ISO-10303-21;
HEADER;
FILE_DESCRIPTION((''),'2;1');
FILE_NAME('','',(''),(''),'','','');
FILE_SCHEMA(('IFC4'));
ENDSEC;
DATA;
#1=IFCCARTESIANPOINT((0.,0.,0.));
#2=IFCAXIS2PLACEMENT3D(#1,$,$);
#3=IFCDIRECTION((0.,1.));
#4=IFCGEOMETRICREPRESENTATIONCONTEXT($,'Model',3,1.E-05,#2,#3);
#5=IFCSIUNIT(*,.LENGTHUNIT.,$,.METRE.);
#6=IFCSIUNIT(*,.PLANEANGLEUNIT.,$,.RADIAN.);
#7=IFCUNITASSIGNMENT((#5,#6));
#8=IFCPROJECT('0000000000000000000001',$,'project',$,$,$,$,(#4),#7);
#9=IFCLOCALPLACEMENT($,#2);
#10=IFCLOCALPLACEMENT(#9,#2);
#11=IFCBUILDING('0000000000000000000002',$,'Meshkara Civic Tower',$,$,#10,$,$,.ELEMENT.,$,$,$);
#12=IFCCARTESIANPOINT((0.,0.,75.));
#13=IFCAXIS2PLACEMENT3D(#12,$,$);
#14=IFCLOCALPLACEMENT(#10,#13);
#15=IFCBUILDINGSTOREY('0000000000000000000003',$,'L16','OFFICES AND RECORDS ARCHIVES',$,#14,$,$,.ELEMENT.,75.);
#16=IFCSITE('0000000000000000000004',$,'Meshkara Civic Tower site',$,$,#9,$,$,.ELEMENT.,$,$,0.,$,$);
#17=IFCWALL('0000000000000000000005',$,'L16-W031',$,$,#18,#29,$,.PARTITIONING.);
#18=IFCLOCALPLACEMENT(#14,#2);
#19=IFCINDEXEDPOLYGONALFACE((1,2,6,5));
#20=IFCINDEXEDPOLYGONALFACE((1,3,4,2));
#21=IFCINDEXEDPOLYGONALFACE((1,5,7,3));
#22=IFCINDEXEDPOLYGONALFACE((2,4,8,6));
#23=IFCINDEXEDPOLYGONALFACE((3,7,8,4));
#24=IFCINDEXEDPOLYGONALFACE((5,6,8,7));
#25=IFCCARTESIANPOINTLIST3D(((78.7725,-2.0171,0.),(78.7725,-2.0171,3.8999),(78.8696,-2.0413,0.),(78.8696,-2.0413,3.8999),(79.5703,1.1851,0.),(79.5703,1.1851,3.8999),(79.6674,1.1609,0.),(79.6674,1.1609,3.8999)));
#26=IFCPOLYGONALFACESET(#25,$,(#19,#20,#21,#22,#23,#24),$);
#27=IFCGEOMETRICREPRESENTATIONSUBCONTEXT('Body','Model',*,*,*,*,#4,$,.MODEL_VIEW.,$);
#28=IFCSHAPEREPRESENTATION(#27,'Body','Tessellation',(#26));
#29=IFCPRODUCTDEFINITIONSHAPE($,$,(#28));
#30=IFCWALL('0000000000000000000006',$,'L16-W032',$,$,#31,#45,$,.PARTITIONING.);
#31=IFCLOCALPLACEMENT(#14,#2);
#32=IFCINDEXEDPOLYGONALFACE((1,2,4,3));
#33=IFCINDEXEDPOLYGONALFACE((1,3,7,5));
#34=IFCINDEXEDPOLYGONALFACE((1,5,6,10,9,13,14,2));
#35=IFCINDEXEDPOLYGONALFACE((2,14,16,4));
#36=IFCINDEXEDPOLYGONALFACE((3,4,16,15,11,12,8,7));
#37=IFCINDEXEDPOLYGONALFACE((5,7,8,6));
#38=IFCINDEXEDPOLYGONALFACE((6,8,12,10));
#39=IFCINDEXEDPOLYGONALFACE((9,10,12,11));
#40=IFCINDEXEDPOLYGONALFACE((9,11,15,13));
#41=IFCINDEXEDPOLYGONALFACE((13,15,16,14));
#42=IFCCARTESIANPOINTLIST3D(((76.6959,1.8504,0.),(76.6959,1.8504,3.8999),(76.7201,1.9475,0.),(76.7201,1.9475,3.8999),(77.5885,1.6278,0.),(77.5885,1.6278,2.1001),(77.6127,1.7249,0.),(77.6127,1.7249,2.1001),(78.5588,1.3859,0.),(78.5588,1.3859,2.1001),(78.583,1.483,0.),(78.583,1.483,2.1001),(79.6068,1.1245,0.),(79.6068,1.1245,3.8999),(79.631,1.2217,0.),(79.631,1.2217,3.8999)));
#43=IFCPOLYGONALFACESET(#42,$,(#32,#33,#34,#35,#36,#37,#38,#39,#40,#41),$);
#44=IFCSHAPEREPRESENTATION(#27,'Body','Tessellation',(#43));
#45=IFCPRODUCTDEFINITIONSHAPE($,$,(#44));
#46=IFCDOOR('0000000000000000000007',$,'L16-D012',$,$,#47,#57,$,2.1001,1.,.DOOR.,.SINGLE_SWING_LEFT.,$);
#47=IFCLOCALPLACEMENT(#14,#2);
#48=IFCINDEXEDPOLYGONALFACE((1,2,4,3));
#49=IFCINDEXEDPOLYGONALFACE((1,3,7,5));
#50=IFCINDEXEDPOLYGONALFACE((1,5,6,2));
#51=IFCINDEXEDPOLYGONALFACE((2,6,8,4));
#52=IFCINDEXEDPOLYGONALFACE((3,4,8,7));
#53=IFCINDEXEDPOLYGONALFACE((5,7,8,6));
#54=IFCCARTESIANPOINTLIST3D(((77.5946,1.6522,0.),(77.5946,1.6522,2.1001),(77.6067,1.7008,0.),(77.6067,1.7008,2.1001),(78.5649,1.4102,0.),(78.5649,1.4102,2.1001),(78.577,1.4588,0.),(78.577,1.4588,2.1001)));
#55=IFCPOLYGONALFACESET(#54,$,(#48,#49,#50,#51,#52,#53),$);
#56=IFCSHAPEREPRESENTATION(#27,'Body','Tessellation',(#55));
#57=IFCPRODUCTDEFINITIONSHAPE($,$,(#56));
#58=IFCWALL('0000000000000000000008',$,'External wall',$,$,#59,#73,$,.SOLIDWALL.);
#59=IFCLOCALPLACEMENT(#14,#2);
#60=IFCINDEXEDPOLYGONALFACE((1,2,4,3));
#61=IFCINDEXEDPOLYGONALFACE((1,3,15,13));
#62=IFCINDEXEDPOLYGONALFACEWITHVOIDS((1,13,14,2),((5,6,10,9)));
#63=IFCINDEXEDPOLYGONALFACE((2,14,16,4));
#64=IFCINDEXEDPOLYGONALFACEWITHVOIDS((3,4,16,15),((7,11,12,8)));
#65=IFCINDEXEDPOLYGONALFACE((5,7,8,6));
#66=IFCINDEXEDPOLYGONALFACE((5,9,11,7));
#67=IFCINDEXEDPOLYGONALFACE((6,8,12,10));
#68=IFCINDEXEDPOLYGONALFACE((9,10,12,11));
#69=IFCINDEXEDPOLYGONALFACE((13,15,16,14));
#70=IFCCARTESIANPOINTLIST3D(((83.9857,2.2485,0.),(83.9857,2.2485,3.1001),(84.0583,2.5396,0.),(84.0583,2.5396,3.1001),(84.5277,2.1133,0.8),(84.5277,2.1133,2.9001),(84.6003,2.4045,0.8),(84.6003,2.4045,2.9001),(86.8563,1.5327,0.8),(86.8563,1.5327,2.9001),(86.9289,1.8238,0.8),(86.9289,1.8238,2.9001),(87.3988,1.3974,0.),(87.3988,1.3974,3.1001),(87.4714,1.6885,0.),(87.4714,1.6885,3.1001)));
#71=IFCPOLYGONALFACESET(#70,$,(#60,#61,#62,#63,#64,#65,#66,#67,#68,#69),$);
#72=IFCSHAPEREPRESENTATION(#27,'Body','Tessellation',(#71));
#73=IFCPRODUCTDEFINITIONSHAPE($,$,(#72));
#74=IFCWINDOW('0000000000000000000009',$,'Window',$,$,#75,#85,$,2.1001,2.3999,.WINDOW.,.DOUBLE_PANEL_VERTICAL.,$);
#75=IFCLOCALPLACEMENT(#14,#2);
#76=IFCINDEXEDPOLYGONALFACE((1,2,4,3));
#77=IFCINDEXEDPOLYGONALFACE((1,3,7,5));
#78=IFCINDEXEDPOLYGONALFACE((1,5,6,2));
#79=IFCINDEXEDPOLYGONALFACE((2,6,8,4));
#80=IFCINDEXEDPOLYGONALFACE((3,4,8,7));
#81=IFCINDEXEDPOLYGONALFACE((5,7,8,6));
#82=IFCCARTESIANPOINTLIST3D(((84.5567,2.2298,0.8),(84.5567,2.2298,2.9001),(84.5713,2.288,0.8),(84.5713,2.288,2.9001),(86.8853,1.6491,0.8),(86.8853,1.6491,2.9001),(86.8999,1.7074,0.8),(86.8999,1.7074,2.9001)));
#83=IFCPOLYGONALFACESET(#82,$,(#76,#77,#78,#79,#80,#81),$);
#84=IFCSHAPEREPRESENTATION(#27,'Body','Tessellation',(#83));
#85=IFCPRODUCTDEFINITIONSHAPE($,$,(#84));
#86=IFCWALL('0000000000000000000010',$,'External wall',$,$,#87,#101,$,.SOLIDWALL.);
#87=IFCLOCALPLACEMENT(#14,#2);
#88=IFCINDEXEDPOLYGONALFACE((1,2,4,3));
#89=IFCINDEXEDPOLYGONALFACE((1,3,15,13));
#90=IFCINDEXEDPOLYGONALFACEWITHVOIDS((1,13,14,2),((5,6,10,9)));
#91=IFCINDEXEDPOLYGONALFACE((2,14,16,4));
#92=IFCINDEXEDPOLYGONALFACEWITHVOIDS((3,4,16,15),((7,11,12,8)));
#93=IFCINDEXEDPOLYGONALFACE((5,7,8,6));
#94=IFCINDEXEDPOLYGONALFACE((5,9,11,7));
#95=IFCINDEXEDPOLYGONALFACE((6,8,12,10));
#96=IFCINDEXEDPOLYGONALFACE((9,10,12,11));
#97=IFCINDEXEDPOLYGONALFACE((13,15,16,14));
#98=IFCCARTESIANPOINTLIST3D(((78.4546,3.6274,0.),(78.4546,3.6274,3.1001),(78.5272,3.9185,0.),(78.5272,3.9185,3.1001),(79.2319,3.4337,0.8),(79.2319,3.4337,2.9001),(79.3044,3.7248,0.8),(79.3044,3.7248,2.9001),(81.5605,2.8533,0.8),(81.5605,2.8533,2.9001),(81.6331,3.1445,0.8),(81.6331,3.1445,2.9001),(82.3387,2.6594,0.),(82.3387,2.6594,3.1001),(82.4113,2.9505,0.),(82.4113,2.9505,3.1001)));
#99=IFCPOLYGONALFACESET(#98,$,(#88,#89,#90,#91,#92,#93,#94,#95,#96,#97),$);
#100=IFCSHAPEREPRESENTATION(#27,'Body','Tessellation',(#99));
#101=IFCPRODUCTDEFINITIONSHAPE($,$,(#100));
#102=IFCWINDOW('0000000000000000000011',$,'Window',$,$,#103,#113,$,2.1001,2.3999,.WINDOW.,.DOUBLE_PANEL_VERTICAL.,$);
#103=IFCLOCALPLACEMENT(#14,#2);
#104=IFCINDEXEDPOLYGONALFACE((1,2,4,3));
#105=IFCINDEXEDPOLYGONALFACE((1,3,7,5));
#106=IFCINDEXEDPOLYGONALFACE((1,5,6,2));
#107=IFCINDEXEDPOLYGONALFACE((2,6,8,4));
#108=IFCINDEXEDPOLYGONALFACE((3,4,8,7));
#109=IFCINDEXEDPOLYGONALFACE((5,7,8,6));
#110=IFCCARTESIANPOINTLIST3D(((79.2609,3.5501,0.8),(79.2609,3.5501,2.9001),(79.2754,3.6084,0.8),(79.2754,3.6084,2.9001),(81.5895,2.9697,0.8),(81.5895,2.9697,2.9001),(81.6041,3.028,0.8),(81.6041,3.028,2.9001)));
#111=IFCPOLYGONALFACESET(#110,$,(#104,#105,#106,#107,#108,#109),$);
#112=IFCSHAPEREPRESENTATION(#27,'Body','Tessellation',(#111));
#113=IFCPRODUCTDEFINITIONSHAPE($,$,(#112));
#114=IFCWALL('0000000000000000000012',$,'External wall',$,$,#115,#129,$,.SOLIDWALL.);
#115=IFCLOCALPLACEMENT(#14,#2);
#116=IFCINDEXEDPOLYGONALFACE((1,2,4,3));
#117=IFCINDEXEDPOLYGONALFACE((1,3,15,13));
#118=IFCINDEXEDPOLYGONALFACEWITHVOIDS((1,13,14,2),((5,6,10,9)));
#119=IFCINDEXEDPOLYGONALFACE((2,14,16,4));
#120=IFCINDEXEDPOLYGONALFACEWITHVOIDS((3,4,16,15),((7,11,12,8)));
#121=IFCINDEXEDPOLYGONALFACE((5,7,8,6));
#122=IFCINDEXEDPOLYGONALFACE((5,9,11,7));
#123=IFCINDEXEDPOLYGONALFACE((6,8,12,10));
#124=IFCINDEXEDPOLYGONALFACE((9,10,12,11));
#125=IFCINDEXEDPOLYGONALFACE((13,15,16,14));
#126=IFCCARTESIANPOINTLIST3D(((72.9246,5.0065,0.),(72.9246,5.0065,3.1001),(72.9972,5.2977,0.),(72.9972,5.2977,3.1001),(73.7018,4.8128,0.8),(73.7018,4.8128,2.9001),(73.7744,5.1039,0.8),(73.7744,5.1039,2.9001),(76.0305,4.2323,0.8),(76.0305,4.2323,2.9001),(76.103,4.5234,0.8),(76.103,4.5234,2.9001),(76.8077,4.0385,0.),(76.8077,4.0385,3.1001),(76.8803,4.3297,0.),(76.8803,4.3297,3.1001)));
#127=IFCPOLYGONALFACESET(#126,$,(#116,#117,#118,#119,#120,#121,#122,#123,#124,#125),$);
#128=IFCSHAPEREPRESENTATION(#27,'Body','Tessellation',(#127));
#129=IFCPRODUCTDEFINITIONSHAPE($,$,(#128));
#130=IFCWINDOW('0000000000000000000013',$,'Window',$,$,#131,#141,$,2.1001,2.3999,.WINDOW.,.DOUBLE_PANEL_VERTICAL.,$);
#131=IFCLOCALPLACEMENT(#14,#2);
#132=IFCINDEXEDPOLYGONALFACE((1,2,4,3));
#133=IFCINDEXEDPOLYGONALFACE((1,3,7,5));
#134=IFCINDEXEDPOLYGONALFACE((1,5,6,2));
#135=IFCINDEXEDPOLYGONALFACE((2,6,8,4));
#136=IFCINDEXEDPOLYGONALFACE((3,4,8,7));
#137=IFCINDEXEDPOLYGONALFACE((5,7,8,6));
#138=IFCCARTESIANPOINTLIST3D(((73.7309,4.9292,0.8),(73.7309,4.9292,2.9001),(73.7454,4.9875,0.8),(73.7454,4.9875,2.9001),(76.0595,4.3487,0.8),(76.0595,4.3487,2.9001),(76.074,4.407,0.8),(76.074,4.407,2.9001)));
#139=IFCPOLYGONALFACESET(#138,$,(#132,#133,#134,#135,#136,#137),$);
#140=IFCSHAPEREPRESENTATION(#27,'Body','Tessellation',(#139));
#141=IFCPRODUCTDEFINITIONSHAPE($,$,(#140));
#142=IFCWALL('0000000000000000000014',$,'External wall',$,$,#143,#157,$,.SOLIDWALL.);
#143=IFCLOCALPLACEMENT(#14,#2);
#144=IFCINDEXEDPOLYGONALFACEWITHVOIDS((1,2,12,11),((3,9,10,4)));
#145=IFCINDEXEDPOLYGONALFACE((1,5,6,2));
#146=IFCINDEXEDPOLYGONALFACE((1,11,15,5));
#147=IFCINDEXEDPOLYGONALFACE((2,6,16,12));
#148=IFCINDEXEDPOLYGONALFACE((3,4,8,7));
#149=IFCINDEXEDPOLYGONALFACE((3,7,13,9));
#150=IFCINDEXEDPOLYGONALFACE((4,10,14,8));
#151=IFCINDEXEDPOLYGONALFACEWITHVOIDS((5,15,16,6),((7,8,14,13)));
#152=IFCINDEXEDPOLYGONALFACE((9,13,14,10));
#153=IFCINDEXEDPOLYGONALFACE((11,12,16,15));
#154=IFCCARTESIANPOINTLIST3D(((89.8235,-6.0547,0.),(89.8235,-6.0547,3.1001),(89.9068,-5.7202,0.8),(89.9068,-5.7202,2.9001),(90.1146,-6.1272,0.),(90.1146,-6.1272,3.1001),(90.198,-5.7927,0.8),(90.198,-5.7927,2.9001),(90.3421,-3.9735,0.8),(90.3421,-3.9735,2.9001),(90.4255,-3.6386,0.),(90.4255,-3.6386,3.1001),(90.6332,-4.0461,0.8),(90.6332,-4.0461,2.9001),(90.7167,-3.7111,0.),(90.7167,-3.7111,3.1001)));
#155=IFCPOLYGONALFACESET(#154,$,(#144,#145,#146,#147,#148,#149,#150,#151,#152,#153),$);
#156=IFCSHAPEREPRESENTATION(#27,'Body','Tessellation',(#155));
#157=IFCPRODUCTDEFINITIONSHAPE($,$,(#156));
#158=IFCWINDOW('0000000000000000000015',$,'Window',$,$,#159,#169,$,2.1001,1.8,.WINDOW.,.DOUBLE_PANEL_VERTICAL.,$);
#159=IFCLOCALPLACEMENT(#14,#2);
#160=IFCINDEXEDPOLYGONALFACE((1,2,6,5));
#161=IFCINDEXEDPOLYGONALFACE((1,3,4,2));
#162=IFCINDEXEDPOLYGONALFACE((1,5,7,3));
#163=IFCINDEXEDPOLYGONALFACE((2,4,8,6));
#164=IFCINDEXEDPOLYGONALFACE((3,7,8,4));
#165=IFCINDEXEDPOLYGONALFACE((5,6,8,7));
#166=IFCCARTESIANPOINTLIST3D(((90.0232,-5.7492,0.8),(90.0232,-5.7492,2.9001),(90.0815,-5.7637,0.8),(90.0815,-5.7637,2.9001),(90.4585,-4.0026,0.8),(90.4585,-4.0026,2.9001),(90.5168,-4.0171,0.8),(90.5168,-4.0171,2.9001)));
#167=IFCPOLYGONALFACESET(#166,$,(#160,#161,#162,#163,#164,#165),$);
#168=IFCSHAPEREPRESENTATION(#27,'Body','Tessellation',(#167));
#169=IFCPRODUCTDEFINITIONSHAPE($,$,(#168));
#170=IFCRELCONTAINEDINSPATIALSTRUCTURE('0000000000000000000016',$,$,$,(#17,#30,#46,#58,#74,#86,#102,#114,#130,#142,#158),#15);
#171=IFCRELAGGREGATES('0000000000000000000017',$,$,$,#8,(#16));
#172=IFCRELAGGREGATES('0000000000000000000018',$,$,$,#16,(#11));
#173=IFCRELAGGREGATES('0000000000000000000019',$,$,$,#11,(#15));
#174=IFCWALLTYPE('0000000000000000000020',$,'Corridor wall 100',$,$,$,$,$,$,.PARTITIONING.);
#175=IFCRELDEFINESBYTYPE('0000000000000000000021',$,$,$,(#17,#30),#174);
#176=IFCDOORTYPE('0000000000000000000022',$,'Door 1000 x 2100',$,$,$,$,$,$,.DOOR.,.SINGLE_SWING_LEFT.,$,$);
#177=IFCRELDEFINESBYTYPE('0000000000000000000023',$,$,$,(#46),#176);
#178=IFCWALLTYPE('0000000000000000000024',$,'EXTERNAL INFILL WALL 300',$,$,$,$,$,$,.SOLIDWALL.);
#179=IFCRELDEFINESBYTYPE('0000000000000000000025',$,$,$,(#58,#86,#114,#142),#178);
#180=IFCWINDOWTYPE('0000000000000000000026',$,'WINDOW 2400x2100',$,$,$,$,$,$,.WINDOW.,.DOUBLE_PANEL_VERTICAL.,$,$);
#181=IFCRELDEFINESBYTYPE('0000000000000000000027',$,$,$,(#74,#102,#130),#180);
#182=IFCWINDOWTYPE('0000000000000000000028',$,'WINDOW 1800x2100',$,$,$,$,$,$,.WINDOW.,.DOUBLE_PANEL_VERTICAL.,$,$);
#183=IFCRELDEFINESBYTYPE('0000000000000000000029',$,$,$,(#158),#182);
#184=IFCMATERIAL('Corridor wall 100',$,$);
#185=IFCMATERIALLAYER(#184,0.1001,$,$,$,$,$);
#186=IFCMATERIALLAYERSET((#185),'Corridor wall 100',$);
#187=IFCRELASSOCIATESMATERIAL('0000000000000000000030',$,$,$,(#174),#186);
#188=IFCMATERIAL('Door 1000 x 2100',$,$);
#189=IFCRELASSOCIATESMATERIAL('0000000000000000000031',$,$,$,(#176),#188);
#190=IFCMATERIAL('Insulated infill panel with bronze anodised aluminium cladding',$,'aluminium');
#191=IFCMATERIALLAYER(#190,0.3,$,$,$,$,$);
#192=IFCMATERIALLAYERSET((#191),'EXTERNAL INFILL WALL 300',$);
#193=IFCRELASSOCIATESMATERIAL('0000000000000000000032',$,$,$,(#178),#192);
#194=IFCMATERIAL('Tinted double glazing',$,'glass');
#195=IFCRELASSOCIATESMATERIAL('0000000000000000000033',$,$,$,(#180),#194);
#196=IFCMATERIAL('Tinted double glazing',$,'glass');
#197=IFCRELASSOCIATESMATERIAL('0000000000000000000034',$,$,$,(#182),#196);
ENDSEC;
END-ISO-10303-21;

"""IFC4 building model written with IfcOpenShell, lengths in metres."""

from ifc_helpers import new_model, si_unit, direction, frame, frame_2d, origin, place, context, subcontext, project, spatial, rectangle, extrude, material, layer, layer_set, type_object, element, fill, save


model = new_model("IFC4")

# Units and contexts
model_context = context("Model", 3, precision=1e-05, world=origin(), true_north=direction((0.0, 1.0)))
body_context = subcontext(model_context, "Body", "Model", "MODEL_VIEW")
ifc_project = project(units=[si_unit("LENGTHUNIT", "METRE"), si_unit("PLANEANGLEUNIT", "RADIAN")], contexts=[model_context])

# Site, building, storey
site_placement = place(None, origin())
site = spatial("IfcSite", under=ifc_project, at=site_placement, Name="Meshkara Civic Tower site", CompositionType="ELEMENT", RefElevation=0.0)
building_placement = place(site_placement, origin())
building = spatial("IfcBuilding", under=site, at=building_placement, Name="Meshkara Civic Tower", CompositionType="ELEMENT")
storey_placement = place(building_placement, frame((0.0, 0.0, 75.0)))
storey = spatial("IfcBuildingStorey", under=building, at=storey_placement, Name="L16", Description="OFFICES AND RECORDS ARCHIVES", CompositionType="ELEMENT", Elevation=75.0)

# Shared definitions
ifc_material_1 = material(Name="Corridor wall 100")
ifc_layer_1 = layer(ifc_material_1, 0.1001)
ifc_layer_set_1 = layer_set([ifc_layer_1], Name="Corridor wall 100")
wall_type_1 = type_object("IfcWallType", Name="Corridor wall 100", PredefinedType="PARTITIONING", material=ifc_layer_set_1)

# Shared definitions
ifc_material_2 = material(Name="Door 1000 x 2100")
door_type = type_object("IfcDoorType", Name="Door 1000 x 2100", OperationType="SINGLE_SWING_LEFT", PredefinedType="DOOR", material=ifc_material_2)

# Wall
wall_1_placement = place(storey_placement, frame((78.821, -2.0291, 0.0), z_axis=(0.0, 0.0, 1.0), x_axis=(0.24177, 0.970334, 0.0)))
element("IfcWall", 1, at=wall_1_placement, inside=storey, type_object=wall_type_1, Name="L16-W031", PredefinedType="PARTITIONING", context=body_context, shape_type="SweptSolid", body=[
    extrude(rectangle(XDim=3.3, YDim=0.1001, at=frame_2d((1.6499, 0.0))), origin(), (0.0, 0.0, 1.0), 3.8999),
])

# Wall, opening, door
wall_2_placement = place(storey_placement, frame((79.6189, 1.1731, 0.0), z_axis=(0.0, 0.0, 1.0), x_axis=(-0.970291, 0.241942, 0.0)))
wall_2 = element("IfcWall", 2, at=wall_2_placement, inside=storey, type_object=wall_type_1, Name="L16-W032", PredefinedType="PARTITIONING", context=body_context, shape_type="SweptSolid", body=[
    extrude(rectangle(XDim=3.0, YDim=0.1001, at=frame_2d((1.5, 0.0))), origin(), (0.0, 0.0, 1.0), 3.8999),
])
opening_1_placement = place(wall_2_placement, frame((1.0801, 0.0, 0.0)))
opening_1 = element("IfcOpeningElement", 3, at=opening_1_placement, cuts=wall_2, PredefinedType="OPENING", context=body_context, shape_type="SweptSolid", body=[
    extrude(rectangle(XDim=1.0, YDim=2.1001, at=frame_2d((0.5, 1.05))), frame((0.0, 0.0601, 0.0), z_axis=(0.0, -1.0, 0.0), x_axis=(1.0, 0.0, 0.0)), (0.0, 0.0, 1.0), 0.1201),
])
door_1_placement = place(opening_1_placement, origin())
door_1 = element("IfcDoor", 4, at=door_1_placement, inside=storey, type_object=door_type, Name="L16-D012", OperationType="SINGLE_SWING_LEFT", OverallHeight=2.1001, OverallWidth=1.0, PredefinedType="DOOR", context=body_context, shape_type="SweptSolid", body=[
    extrude(rectangle(XDim=1.0, YDim=2.1001, at=frame_2d((0.5, 1.05))), frame((0.0, 0.0249, 0.0), z_axis=(0.0, -1.0, 0.0), x_axis=(1.0, 0.0, 0.0)), (0.0, 0.0, 1.0), 0.05),
])
fill(opening_1, door_1)

# Walls, openings, windows
ifc_material_3 = material(Name="Insulated infill panel with bronze anodised aluminium cladding", Category="aluminium")
ifc_layer_2 = layer(ifc_material_3, 0.3)
ifc_layer_set_2 = layer_set([ifc_layer_2], Name="EXTERNAL INFILL WALL 300")
wall_type_2 = type_object("IfcWallType", Name="EXTERNAL INFILL WALL 300", PredefinedType="SOLIDWALL", material=ifc_layer_set_2)
wall_3_placement = place(storey_placement, frame((87.4351, 1.543, 0.0), z_axis=(0.0, 0.0, 1.0), x_axis=(-0.970289, 0.241948, 0.0)))
wall_3 = element("IfcWall", 5, at=wall_3_placement, inside=storey, type_object=wall_type_2, Name="External wall", PredefinedType="SOLIDWALL", context=body_context, shape_type="SweptSolid", body=[
    extrude(rectangle(XDim=3.5176, YDim=0.3, at=frame_2d((1.7588, 0.0))), origin(), (0.0, 0.0, 1.0), 3.1001),
])
opening_2_placement = place(wall_3_placement, frame((0.5591, 0.0, 0.8)))
opening_2 = element("IfcOpeningElement", 6, at=opening_2_placement, cuts=wall_3, PredefinedType="OPENING", context=body_context, shape_type="SweptSolid", body=[
    extrude(rectangle(XDim=2.3999, YDim=2.1001, at=frame_2d((1.2, 1.05))), frame((0.0, 0.1599, 0.0), z_axis=(0.0, -1.0, 0.0), x_axis=(1.0, 0.0, 0.0)), (0.0, 0.0, 1.0), 0.3201),
])
ifc_material_4 = material(Name="Tinted double glazing", Category="glass")
window_type_1 = type_object("IfcWindowType", Name="WINDOW 2400x2100", PartitioningType="DOUBLE_PANEL_VERTICAL", PredefinedType="WINDOW", material=ifc_material_4)
window_1_placement = place(opening_2_placement, origin())
window_1 = element("IfcWindow", 7, at=window_1_placement, inside=storey, type_object=window_type_1, Name="Window", OverallHeight=2.1001, OverallWidth=2.3999, PartitioningType="DOUBLE_PANEL_VERTICAL", PredefinedType="WINDOW", context=body_context, shape_type="SweptSolid", body=[
    extrude(rectangle(XDim=2.3999, YDim=2.1001, at=frame_2d((1.2, 1.05))), frame((0.0, 0.03, 0.0), z_axis=(0.0, -1.0, 0.0), x_axis=(1.0, 0.0, 0.0)), (0.0, 0.0, 1.0), 0.0601),
])
fill(opening_2, window_1)
wall_4_placement = place(storey_placement, frame((82.375, 2.8049, 0.0), z_axis=(0.0, 0.0, 1.0), x_axis=(-0.970318, 0.241832, 0.0)))
wall_4 = element("IfcWall", 8, at=wall_4_placement, inside=storey, type_object=wall_type_2, Name="External wall", PredefinedType="SOLIDWALL", context=body_context, shape_type="SweptSolid", body=[
    extrude(rectangle(XDim=4.0029, YDim=0.3, at=frame_2d((2.0015, 0.0))), origin(), (0.0, 0.0, 1.0), 3.1001),
])
opening_3_placement = place(wall_4_placement, frame((0.802, 0.0, 0.8)))
opening_3 = element("IfcOpeningElement", 9, at=opening_3_placement, cuts=wall_4, PredefinedType="OPENING", context=body_context, shape_type="SweptSolid", body=[
    extrude(rectangle(XDim=2.3999, YDim=2.1001, at=frame_2d((1.2, 1.05))), frame((0.0, 0.1599, 0.0), z_axis=(0.0, -1.0, 0.0), x_axis=(1.0, 0.0, 0.0)), (0.0, 0.0, 1.0), 0.3201),
])
window_2_placement = place(opening_3_placement, origin())
window_2 = element("IfcWindow", 10, at=window_2_placement, inside=storey, type_object=window_type_1, Name="Window", OverallHeight=2.1001, OverallWidth=2.3999, PartitioningType="DOUBLE_PANEL_VERTICAL", PredefinedType="WINDOW", context=body_context, shape_type="SweptSolid", body=[
    extrude(rectangle(XDim=2.3999, YDim=2.1001, at=frame_2d((1.2, 1.05))), frame((0.0, 0.03, 0.0), z_axis=(0.0, -1.0, 0.0), x_axis=(1.0, 0.0, 0.0)), (0.0, 0.0, 1.0), 0.0601),
])
fill(opening_3, window_2)
wall_5_placement = place(storey_placement, frame((76.844, 4.1841, 0.0), z_axis=(0.0, 0.0, 1.0), x_axis=(-0.970304, 0.24189, 0.0)))
wall_5 = element("IfcWall", 11, at=wall_5_placement, inside=storey, type_object=wall_type_2, Name="External wall", PredefinedType="SOLIDWALL", context=body_context, shape_type="SweptSolid", body=[
    extrude(rectangle(XDim=4.002, YDim=0.3, at=frame_2d((2.001, 0.0))), origin(), (0.0, 0.0, 1.0), 3.1001),
])
opening_4_placement = place(wall_5_placement, frame((0.801, 0.0, 0.8)))
opening_4 = element("IfcOpeningElement", 12, at=opening_4_placement, cuts=wall_5, PredefinedType="OPENING", context=body_context, shape_type="SweptSolid", body=[
    extrude(rectangle(XDim=2.3999, YDim=2.1001, at=frame_2d((1.2, 1.05))), frame((0.0, 0.1599, 0.0), z_axis=(0.0, -1.0, 0.0), x_axis=(1.0, 0.0, 0.0)), (0.0, 0.0, 1.0), 0.3201),
])
window_3_placement = place(opening_4_placement, origin())
window_3 = element("IfcWindow", 13, at=window_3_placement, inside=storey, type_object=window_type_1, Name="Window", OverallHeight=2.1001, OverallWidth=2.3999, PartitioningType="DOUBLE_PANEL_VERTICAL", PredefinedType="WINDOW", context=body_context, shape_type="SweptSolid", body=[
    extrude(rectangle(XDim=2.3999, YDim=2.1001, at=frame_2d((1.2, 1.05))), frame((0.0, 0.03, 0.0), z_axis=(0.0, -1.0, 0.0), x_axis=(1.0, 0.0, 0.0)), (0.0, 0.0, 1.0), 0.0601),
])
fill(opening_4, window_3)
wall_6_placement = place(storey_placement, frame((89.969, -6.0911, 0.0), z_axis=(0.0, 0.0, 1.0), x_axis=(0.241797, 0.970327, 0.0)))
wall_6 = element("IfcWall", 14, at=wall_6_placement, inside=storey, type_object=wall_type_2, Name="External wall", PredefinedType="SOLIDWALL", context=body_context, shape_type="SweptSolid", body=[
    extrude(rectangle(XDim=2.49, YDim=0.3, at=frame_2d((1.2451, 0.0))), origin(), (0.0, 0.0, 1.0), 3.1001),
])
opening_5_placement = place(wall_6_placement, frame((0.345, 0.0, 0.8)))
opening_5 = element("IfcOpeningElement", 15, at=opening_5_placement, cuts=wall_6, PredefinedType="OPENING", context=body_context, shape_type="SweptSolid", body=[
    extrude(rectangle(XDim=1.8, YDim=2.1001, at=frame_2d((0.8999, 1.05))), frame((0.0, 0.1599, 0.0), z_axis=(0.0, -1.0, 0.0), x_axis=(1.0, 0.0, 0.0)), (0.0, 0.0, 1.0), 0.3201),
])
ifc_material_5 = material(Name="Tinted double glazing", Category="glass")
window_type_2 = type_object("IfcWindowType", Name="WINDOW 1800x2100", PartitioningType="DOUBLE_PANEL_VERTICAL", PredefinedType="WINDOW", material=ifc_material_5)
window_4_placement = place(opening_5_placement, origin())
window_4 = element("IfcWindow", 16, at=window_4_placement, inside=storey, type_object=window_type_2, Name="Window", OverallHeight=2.1001, OverallWidth=1.8, PartitioningType="DOUBLE_PANEL_VERTICAL", PredefinedType="WINDOW", context=body_context, shape_type="SweptSolid", body=[
    extrude(rectangle(XDim=1.8, YDim=2.1001, at=frame_2d((0.8999, 1.05))), frame((0.0, 0.03, 0.0), z_axis=(0.0, -1.0, 0.0), x_axis=(1.0, 0.0, 0.0)), (0.0, 0.0, 1.0), 0.0601),
])
fill(opening_5, window_4)

save(model, "model.ifc")
